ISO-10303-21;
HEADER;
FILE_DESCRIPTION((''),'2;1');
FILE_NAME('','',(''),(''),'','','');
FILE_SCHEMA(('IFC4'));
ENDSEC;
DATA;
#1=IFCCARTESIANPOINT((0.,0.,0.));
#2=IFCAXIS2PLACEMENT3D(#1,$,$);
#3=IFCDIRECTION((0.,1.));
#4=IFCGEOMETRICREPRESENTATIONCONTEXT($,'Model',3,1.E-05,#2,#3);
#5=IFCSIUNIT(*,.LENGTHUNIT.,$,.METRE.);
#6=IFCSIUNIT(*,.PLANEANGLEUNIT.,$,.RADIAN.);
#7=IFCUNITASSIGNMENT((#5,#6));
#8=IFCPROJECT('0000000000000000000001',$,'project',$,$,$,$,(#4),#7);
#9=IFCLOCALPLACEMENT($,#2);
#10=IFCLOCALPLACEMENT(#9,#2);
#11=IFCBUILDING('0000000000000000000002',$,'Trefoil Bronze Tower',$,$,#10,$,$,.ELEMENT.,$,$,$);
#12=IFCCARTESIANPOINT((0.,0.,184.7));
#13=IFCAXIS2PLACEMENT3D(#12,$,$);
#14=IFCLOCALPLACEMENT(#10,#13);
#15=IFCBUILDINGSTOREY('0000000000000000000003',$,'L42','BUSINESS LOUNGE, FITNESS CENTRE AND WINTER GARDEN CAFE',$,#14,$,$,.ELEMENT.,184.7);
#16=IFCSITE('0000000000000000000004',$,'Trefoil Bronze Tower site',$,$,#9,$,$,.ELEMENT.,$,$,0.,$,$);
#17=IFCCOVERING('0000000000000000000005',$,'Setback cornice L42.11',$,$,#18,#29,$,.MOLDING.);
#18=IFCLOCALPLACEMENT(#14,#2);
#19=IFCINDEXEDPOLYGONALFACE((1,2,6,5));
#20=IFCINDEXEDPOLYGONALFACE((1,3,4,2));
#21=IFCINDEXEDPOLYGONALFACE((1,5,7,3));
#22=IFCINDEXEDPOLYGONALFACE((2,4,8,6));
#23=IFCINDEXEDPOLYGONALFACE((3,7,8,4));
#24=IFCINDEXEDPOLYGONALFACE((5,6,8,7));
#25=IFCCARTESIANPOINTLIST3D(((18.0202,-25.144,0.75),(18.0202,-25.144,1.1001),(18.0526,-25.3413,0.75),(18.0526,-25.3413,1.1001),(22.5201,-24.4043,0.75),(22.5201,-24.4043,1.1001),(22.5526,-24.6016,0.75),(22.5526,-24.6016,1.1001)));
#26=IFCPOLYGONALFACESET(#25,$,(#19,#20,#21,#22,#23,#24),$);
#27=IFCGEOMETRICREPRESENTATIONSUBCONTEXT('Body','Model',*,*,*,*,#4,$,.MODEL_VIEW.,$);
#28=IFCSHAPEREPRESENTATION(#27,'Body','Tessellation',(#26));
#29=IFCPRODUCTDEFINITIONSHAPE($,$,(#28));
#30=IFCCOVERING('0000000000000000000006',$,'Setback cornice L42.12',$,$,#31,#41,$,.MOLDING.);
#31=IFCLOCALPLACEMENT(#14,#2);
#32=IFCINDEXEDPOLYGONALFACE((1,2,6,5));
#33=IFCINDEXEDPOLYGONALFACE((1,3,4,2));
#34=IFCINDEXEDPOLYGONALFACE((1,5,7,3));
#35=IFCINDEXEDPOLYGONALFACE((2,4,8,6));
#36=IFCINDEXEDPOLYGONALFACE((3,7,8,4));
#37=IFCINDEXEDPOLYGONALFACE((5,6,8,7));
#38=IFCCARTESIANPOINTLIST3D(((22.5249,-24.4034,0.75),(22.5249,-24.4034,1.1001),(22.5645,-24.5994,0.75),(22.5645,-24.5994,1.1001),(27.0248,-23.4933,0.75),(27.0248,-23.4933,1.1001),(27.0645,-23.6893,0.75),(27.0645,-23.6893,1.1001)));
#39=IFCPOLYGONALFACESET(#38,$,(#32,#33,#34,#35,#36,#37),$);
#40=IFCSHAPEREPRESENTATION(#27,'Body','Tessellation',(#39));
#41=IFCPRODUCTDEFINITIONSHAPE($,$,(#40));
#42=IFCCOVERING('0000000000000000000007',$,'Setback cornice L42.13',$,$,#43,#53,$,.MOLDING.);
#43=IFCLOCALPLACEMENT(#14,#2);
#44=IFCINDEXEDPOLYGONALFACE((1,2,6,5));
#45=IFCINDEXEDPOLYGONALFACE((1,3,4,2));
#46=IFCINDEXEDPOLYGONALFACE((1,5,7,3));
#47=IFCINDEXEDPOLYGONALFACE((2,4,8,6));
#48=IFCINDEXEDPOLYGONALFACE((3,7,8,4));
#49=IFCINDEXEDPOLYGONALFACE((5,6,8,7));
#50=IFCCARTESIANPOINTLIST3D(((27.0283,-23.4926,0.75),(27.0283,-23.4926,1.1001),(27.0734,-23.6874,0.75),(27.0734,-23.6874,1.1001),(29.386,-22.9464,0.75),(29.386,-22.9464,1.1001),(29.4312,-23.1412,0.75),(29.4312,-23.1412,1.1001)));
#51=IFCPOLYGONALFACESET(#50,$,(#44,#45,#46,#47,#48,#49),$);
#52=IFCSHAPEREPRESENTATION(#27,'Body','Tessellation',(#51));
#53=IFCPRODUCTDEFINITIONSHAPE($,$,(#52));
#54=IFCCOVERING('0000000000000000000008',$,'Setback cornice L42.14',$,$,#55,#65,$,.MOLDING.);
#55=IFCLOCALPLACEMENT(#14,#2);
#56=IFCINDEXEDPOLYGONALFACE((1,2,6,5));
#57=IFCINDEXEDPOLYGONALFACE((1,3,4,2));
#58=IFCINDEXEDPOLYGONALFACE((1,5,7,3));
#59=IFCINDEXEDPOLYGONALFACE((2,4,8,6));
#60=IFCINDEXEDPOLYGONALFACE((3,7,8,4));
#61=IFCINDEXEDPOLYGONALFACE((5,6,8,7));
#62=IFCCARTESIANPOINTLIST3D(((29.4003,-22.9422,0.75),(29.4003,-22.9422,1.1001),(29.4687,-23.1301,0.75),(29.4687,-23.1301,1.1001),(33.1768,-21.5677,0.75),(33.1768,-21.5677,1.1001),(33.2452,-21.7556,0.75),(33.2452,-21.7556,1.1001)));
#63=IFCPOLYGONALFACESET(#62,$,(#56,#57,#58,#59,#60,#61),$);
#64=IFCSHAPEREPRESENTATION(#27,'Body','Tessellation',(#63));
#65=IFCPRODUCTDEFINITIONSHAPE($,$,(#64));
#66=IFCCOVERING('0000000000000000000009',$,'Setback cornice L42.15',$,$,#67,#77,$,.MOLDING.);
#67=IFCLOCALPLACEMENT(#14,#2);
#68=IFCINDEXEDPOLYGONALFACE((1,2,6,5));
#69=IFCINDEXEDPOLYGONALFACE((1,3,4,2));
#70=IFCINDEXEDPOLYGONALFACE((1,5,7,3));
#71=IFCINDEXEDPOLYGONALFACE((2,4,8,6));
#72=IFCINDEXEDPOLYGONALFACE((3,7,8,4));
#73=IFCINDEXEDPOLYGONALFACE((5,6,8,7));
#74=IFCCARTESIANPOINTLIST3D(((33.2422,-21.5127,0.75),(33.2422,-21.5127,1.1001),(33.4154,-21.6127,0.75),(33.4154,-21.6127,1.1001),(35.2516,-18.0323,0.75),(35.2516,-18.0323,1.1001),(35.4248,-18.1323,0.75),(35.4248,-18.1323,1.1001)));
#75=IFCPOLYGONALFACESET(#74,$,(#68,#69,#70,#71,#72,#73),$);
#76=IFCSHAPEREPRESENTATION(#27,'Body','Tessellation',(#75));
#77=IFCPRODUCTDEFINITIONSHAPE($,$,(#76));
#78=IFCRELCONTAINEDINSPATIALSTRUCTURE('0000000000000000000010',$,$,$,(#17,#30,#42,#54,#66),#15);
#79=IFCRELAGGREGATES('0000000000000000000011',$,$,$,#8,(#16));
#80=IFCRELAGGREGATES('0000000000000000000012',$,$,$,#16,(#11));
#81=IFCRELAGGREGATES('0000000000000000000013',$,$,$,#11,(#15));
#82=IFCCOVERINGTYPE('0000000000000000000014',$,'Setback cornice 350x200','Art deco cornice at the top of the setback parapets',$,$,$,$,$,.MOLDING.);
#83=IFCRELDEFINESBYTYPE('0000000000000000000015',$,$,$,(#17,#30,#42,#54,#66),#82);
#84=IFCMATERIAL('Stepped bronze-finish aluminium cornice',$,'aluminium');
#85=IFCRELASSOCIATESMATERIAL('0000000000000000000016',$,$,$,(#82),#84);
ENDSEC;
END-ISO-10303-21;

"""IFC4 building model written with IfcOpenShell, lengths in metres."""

from ifc_helpers import new_model, si_unit, direction, frame, origin, origin_2d, place, context, subcontext, project, spatial, rectangle, extrude, material, type_object, element, save


model = new_model("IFC4")

# Units and contexts
model_context = context("Model", 3, precision=1e-05, world=origin(), true_north=direction((0.0, 1.0)))
body_context = subcontext(model_context, "Body", "Model", "MODEL_VIEW")
ifc_project = project(units=[si_unit("LENGTHUNIT", "METRE"), si_unit("PLANEANGLEUNIT", "RADIAN")], contexts=[model_context])

# Site, building, storey
site_placement = place(None, origin())
site = spatial("IfcSite", under=ifc_project, at=site_placement, Name="Trefoil Bronze Tower site", CompositionType="ELEMENT", RefElevation=0.0)
building_placement = place(site_placement, origin())
building = spatial("IfcBuilding", under=site, at=building_placement, Name="Trefoil Bronze Tower", CompositionType="ELEMENT")
storey_placement = place(building_placement, frame((0.0, 0.0, 184.7)))
storey = spatial("IfcBuildingStorey", under=building, at=storey_placement, Name="L42", Description="BUSINESS LOUNGE, FITNESS CENTRE AND WINTER GARDEN CAFE", CompositionType="ELEMENT", Elevation=184.7)

# Coverings
ifc_material_1 = material(Name="Stepped bronze-finish aluminium cornice", Category="aluminium")
covering_type = type_object("IfcCoveringType", Name="Setback cornice 350x200", Description="Art deco cornice at the top of the setback parapets", PredefinedType="MOLDING", material=ifc_material_1)
covering_1_placement = place(storey_placement, frame((20.2864, -24.8728, 0.75), z_axis=(0.0, 0.0, 1.0), x_axis=(0.98676, 0.162189, 0.0)))
element("IfcCovering", 1, at=covering_1_placement, inside=storey, type_object=covering_type, Name="Setback cornice L42.11", PredefinedType="MOLDING", context=body_context, shape_type="SweptSolid", body=[
    extrude(rectangle(XDim=4.5603, YDim=0.2, at=origin_2d()), origin(), (0.0, 0.0, 1.0), 0.3501),
])
covering_2_placement = place(storey_placement, frame((24.7947, -24.0464, 0.75), z_axis=(0.0, 0.0, 1.0), x_axis=(0.980155, 0.198232, 0.0)))
element("IfcCovering", 2, at=covering_2_placement, inside=storey, type_object=covering_type, Name="Setback cornice L42.12", PredefinedType="MOLDING", context=body_context, shape_type="SweptSolid", body=[
    extrude(rectangle(XDim=4.5911, YDim=0.2, at=origin_2d()), origin(), (0.0, 0.0, 1.0), 0.3501),
])
covering_3_placement = place(storey_placement, frame((28.2297, -23.3169, 0.75), z_axis=(0.0, 0.0, 1.0), x_axis=(0.974204, 0.225667, 0.0)))
element("IfcCovering", 3, at=covering_3_placement, inside=storey, type_object=covering_type, Name="Setback cornice L42.13", PredefinedType="MOLDING", context=body_context, shape_type="SweptSolid", body=[
    extrude(rectangle(XDim=2.4202, YDim=0.2, at=origin_2d()), origin(), (0.0, 0.0, 1.0), 0.3501),
])
for number, where, z_axis, x_axis, name in (
    (4, (31.3228, -22.3489, 0.75), (0.0, 0.0, 1.0), (0.939693, 0.34202, 0.0), "Setback cornice L42.14"),
    (5, (34.3335, -19.8225, 0.75), (0.0, 0.0, 1.0), (0.5, 0.866025, 0.0), "Setback cornice L42.15"),
):
    element("IfcCovering", number, at=place(storey_placement, frame(where, z_axis=z_axis, x_axis=x_axis)), inside=storey, type_object=covering_type, Name=name, PredefinedType="MOLDING", context=body_context, shape_type="SweptSolid", body=[
        extrude(rectangle(XDim=4.0188, YDim=0.2, at=origin_2d()), origin(), (0.0, 0.0, 1.0), 0.3501),
    ])

save(model, "model.ifc")
